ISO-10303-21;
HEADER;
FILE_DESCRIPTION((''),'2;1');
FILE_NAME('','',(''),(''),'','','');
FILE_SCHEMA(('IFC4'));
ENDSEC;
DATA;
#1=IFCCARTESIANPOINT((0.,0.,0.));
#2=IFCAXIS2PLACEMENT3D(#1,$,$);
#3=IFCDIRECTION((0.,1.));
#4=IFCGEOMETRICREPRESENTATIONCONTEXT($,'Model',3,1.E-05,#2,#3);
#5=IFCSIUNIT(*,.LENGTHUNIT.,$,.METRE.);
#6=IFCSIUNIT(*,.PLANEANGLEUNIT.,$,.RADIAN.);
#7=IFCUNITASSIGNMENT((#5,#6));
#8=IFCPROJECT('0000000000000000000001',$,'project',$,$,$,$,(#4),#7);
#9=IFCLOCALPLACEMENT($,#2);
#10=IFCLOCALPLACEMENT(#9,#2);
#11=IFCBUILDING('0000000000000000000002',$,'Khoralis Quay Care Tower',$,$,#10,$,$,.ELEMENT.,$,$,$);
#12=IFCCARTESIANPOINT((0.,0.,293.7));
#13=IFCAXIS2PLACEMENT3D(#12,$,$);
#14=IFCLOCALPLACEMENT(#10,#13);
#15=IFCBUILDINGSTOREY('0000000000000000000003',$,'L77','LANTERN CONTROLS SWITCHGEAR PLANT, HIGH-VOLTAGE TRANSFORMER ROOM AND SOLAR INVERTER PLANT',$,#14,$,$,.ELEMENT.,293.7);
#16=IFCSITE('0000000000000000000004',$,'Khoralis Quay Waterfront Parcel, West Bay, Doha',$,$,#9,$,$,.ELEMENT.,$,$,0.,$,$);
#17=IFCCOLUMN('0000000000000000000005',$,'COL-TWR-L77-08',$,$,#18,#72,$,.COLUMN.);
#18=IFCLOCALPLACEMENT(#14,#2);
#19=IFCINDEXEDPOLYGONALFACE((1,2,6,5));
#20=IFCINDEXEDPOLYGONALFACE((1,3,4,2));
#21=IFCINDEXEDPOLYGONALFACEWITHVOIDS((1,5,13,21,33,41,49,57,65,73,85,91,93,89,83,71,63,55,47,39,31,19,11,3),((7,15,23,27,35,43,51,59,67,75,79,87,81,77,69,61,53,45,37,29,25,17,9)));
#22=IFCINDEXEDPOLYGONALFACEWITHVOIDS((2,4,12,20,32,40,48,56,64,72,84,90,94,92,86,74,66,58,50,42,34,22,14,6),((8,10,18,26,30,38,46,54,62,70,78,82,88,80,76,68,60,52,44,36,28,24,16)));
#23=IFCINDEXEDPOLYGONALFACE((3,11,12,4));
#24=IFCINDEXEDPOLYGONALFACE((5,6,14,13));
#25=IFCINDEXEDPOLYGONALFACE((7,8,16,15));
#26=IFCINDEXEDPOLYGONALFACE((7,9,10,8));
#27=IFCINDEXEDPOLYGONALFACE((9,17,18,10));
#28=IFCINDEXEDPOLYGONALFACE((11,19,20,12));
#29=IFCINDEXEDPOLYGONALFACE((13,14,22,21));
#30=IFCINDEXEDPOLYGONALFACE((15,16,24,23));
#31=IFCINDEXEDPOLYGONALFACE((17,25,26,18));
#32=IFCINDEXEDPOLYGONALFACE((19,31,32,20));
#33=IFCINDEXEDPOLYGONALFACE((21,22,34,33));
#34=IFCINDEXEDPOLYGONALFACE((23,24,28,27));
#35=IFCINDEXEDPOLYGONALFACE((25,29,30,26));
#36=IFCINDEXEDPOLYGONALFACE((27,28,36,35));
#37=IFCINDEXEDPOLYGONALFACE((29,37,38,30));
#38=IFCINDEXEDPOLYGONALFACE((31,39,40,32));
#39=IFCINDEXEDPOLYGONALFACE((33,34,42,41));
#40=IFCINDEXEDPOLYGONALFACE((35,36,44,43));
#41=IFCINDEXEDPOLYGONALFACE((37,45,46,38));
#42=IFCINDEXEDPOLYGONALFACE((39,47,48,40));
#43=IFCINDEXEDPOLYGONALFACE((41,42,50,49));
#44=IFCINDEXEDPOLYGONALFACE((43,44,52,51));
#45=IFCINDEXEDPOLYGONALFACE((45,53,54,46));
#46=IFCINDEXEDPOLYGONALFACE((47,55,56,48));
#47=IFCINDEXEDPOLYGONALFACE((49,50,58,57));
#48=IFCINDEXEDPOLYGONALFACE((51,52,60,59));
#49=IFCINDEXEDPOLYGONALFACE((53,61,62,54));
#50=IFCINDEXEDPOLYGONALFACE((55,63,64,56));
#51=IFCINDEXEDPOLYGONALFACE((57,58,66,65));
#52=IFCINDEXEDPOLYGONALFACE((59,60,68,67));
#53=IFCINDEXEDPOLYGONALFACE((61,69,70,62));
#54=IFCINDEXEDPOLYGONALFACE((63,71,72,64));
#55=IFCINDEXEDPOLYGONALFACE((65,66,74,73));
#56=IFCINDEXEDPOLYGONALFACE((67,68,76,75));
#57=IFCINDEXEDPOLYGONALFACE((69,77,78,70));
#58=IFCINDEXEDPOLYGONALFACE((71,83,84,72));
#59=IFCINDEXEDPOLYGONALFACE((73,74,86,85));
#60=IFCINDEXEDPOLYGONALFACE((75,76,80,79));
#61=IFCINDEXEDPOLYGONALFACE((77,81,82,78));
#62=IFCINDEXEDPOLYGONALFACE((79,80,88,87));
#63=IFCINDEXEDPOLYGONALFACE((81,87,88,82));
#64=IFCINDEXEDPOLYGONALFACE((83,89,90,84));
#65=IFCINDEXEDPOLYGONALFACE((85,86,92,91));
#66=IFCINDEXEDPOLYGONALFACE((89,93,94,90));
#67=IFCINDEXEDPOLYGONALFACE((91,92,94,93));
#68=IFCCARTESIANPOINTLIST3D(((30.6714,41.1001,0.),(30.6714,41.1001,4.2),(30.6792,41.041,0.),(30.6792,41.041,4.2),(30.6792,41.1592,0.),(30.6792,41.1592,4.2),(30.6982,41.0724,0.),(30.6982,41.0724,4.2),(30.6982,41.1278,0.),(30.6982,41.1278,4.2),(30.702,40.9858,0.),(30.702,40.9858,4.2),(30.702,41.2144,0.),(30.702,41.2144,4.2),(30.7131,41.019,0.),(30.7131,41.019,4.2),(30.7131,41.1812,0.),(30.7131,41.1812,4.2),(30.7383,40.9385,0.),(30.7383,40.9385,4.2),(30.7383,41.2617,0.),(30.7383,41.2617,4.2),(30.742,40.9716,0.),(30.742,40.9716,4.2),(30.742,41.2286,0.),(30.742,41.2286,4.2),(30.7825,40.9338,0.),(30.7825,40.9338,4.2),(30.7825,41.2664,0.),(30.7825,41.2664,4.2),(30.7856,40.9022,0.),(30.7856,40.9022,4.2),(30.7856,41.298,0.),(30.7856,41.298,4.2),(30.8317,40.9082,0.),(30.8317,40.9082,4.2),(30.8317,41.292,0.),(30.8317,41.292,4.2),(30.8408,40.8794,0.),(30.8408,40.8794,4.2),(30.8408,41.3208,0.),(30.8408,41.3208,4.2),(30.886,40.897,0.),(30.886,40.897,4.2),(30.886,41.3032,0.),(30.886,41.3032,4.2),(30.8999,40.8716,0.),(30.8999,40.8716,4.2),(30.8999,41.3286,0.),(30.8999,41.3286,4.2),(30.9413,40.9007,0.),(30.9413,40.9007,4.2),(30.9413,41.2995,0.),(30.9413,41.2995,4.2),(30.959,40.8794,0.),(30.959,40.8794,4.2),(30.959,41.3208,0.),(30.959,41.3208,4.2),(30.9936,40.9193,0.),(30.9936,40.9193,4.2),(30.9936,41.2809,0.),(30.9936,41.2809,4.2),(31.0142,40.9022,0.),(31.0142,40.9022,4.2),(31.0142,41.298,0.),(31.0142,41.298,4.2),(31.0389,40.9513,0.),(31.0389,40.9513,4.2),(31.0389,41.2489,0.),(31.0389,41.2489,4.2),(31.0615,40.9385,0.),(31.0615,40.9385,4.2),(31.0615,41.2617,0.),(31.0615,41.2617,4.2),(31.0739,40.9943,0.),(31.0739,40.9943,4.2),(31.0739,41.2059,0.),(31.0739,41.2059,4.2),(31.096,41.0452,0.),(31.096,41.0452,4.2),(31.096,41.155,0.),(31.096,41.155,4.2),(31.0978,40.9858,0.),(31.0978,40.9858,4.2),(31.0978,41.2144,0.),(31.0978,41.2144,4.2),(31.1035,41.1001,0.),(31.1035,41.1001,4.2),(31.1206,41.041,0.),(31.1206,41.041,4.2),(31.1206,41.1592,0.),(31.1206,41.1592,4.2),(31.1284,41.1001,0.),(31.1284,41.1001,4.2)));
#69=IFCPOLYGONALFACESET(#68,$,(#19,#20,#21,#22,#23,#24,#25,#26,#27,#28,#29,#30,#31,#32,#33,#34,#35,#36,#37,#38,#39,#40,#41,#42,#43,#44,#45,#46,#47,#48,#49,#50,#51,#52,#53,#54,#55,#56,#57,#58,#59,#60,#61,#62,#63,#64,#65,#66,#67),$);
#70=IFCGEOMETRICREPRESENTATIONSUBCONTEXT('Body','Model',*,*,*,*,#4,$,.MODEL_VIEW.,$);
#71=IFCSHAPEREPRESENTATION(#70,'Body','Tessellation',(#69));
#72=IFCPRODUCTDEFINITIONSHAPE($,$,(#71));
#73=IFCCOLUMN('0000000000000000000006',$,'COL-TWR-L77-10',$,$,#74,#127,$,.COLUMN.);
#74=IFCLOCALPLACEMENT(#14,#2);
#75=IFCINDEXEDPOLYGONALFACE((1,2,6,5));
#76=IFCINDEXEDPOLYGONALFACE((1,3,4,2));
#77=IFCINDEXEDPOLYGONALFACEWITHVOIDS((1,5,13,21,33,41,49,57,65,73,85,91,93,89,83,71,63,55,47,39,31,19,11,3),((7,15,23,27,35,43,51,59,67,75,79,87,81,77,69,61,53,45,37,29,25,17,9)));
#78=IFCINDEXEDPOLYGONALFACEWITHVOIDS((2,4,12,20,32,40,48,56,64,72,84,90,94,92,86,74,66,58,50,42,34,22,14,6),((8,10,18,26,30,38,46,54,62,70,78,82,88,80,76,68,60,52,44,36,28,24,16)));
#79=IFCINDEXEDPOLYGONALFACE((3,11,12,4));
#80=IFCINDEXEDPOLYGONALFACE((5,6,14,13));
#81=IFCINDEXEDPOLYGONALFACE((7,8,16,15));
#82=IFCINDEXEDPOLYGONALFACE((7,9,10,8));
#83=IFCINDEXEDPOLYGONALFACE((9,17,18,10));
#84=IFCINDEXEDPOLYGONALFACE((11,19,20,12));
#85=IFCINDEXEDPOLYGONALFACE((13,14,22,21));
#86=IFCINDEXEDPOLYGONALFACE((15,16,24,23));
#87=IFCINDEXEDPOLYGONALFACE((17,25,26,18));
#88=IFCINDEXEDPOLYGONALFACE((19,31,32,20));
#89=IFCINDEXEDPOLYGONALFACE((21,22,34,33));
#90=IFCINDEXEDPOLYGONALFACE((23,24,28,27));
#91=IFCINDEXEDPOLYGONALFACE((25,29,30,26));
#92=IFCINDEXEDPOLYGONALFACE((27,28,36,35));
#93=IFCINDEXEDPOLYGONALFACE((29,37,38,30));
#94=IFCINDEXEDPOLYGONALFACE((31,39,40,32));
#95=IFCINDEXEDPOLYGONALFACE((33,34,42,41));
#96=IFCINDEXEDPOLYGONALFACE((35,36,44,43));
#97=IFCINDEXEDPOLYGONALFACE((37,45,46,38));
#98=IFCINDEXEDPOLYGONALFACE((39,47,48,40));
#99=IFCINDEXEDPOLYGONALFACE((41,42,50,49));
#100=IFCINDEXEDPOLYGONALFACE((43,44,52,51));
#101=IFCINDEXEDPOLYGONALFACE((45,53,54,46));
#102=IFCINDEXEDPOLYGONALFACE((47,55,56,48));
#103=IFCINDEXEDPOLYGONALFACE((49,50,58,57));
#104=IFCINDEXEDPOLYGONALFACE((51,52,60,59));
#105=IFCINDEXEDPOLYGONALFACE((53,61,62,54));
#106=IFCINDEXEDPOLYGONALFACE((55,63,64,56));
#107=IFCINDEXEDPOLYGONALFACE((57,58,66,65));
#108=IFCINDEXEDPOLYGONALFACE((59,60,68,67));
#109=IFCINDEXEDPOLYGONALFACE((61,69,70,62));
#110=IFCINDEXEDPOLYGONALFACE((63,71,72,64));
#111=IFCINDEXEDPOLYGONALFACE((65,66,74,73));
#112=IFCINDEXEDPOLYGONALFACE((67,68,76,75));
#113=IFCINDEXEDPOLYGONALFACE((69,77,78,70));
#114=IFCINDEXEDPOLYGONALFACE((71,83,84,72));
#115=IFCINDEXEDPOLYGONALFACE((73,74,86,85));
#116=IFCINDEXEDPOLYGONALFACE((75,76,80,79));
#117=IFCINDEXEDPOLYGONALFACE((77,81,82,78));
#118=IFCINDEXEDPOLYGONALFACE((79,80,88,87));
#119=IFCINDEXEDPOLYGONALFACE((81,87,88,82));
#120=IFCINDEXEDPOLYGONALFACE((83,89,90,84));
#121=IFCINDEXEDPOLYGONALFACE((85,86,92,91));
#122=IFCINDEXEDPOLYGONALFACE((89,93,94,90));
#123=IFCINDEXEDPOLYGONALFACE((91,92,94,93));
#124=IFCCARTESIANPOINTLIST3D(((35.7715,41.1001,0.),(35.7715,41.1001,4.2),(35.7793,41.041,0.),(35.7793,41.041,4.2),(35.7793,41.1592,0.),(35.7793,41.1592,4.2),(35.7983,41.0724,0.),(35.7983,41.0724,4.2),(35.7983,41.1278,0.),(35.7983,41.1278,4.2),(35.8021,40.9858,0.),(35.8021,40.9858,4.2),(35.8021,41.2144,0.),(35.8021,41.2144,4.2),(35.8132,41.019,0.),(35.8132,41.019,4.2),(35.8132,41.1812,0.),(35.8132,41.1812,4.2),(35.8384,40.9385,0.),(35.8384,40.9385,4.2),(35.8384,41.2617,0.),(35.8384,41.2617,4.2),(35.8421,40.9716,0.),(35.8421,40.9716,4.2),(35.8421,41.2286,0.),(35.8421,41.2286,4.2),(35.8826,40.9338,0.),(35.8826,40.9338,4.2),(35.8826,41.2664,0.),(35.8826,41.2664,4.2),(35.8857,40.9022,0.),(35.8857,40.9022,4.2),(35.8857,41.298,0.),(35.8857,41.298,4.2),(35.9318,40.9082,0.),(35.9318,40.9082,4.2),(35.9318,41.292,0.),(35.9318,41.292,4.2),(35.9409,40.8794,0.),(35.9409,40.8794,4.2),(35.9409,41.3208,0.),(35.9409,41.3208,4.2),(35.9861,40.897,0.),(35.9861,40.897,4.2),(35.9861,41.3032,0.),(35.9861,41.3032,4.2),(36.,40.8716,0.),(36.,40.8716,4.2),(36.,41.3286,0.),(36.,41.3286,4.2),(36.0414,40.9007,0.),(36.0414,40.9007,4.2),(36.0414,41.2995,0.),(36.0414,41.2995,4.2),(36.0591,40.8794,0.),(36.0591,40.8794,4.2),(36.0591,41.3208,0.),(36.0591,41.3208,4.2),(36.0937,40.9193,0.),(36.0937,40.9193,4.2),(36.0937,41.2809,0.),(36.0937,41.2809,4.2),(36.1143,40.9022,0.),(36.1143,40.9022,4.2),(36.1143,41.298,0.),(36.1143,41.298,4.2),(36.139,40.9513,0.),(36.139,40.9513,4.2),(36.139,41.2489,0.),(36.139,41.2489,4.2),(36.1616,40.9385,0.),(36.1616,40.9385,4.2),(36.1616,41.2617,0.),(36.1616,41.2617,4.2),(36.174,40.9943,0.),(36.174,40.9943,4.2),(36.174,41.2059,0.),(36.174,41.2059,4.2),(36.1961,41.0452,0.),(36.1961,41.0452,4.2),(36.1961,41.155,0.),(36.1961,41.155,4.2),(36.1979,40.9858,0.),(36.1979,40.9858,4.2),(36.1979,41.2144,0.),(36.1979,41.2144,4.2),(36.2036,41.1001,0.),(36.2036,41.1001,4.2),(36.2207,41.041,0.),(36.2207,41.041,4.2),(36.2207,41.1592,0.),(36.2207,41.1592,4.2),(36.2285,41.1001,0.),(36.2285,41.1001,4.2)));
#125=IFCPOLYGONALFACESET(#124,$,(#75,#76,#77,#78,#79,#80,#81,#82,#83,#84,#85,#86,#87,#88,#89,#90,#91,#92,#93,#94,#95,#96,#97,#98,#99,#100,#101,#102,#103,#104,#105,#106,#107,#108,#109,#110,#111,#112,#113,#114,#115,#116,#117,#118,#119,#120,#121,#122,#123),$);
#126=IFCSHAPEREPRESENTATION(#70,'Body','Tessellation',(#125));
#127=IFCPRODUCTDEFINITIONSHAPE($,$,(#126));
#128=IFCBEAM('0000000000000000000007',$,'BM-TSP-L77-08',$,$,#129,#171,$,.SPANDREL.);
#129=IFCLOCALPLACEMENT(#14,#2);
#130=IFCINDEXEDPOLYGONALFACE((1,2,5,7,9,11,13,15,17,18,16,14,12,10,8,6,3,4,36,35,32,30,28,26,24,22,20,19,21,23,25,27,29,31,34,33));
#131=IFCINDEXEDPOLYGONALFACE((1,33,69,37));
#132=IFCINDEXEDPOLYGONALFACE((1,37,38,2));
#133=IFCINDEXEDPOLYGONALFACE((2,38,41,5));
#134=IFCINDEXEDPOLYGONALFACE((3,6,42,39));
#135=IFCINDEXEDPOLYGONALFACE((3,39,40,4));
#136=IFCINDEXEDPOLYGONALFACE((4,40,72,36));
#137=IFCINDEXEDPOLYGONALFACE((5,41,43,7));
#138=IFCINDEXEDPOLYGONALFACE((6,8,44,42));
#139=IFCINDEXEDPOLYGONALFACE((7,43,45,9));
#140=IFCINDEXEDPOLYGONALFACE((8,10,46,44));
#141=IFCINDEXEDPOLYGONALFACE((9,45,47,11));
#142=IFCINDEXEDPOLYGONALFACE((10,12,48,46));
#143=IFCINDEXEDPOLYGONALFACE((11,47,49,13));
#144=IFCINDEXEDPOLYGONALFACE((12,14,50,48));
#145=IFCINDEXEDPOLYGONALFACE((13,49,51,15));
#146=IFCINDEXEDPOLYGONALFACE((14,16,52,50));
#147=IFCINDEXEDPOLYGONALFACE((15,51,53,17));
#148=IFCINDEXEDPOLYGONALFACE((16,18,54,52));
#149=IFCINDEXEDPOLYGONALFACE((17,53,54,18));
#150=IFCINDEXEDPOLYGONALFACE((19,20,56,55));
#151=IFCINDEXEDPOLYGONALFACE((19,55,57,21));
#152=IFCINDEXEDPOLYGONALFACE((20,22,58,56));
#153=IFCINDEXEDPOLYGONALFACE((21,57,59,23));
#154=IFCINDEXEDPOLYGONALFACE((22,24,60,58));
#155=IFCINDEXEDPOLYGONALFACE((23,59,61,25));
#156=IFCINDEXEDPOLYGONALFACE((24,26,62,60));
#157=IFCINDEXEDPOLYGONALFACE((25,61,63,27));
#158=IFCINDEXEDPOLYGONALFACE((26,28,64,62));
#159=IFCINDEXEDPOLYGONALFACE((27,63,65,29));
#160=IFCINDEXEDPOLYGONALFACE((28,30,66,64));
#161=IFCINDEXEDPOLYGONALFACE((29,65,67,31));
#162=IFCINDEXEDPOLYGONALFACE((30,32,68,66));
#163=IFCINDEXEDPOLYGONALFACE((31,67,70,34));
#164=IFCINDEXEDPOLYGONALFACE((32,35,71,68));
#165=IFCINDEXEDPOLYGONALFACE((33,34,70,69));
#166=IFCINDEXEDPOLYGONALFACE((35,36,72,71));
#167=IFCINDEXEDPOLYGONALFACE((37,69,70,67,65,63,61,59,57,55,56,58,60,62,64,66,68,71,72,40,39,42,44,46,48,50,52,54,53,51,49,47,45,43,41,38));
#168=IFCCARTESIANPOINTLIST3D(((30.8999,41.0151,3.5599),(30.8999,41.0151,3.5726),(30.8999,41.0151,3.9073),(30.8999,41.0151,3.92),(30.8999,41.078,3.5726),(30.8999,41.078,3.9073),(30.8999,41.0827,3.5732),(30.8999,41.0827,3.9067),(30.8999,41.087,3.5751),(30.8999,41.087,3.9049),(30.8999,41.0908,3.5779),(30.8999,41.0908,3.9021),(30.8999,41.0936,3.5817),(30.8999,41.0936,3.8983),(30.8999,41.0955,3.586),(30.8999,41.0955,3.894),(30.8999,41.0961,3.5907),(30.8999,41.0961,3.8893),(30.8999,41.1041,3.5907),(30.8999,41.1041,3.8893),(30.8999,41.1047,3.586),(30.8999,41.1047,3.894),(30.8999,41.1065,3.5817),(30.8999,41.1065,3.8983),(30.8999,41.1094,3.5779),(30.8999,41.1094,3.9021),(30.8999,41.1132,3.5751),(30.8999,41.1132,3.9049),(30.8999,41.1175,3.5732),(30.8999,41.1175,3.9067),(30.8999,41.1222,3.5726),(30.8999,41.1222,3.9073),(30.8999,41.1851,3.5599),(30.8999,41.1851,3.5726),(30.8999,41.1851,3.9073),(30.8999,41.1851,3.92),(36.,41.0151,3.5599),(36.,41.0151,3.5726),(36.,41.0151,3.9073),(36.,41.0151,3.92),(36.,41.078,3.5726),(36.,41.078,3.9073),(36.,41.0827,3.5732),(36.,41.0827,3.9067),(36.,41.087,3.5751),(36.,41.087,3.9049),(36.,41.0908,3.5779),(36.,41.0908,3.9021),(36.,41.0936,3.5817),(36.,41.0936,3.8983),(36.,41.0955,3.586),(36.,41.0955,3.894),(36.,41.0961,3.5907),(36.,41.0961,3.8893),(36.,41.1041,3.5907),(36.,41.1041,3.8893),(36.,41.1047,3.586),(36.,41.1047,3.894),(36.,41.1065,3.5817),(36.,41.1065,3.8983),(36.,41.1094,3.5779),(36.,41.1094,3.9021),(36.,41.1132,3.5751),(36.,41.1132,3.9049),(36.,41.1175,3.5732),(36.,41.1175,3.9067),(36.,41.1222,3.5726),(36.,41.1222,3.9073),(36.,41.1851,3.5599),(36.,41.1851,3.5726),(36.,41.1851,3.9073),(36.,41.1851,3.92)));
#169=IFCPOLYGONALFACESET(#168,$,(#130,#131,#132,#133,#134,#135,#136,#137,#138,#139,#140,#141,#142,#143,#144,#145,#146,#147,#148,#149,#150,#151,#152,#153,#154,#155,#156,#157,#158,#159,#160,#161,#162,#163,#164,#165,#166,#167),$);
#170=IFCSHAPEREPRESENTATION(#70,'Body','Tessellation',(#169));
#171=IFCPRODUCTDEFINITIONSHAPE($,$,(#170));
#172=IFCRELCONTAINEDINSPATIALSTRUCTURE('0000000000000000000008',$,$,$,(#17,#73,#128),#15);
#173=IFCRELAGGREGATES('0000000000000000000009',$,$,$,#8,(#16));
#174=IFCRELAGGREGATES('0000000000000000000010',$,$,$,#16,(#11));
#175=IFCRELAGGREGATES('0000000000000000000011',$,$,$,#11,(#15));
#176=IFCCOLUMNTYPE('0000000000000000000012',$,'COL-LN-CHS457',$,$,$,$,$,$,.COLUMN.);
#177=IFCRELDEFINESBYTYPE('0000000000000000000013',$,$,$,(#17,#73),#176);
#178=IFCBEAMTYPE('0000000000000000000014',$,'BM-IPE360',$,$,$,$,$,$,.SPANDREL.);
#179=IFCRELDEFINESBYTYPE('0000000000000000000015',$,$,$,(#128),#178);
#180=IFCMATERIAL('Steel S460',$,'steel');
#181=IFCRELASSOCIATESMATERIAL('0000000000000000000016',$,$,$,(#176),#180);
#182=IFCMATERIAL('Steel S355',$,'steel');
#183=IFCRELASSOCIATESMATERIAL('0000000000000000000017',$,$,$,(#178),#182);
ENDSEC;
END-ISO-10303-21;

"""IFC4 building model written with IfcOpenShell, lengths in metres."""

from ifc_helpers import new_model, si_unit, direction, frame, origin, origin_2d, place, context, subcontext, project, spatial, hollow_circle, i_section, extrude, source, transform, mapped, material, material_profile, profile_set, type_object, element, save


model = new_model("IFC4")

# Units and contexts
model_context = context("Model", 3, precision=1e-05, world=origin(), true_north=direction((0.0, 1.0)))
body_context = subcontext(model_context, "Body", "Model", "MODEL_VIEW")
ifc_project = project(units=[si_unit("LENGTHUNIT", "METRE"), si_unit("PLANEANGLEUNIT", "RADIAN")], contexts=[model_context])

# Site, building, storey
site_placement = place(None, origin())
site = spatial("IfcSite", under=ifc_project, at=site_placement, Name="Khoralis Quay Waterfront Parcel, West Bay, Doha", CompositionType="ELEMENT", RefElevation=0.0)
building_placement = place(site_placement, origin())
building = spatial("IfcBuilding", under=site, at=building_placement, Name="Khoralis Quay Care Tower", CompositionType="ELEMENT")
storey_placement = place(building_placement, frame((0.0, 0.0, 293.7)))
storey = spatial("IfcBuildingStorey", under=building, at=storey_placement, Name="L77", Description="LANTERN CONTROLS SWITCHGEAR PLANT, HIGH-VOLTAGE TRANSFORMER ROOM AND SOLAR INVERTER PLANT", CompositionType="ELEMENT", Elevation=293.7)

# Columns
ifc_material_1 = material(Name="Steel S460", Category="steel")
ifc_material_profile_1 = material_profile(ifc_material_1, hollow_circle(Radius=0.2285, WallThickness=0.0249, at=origin_2d()), Name="Steel S460")
ifc_profile_set_1 = profile_set([ifc_material_profile_1], Name="Steel S460")
column_type = type_object("IfcColumnType", Name="COL-LN-CHS457", PredefinedType="COLUMN", material=ifc_profile_set_1)
shared_shape_1 = source(origin(), body_context, "Body", "SweptSolid", [
    extrude(hollow_circle(Radius=0.2285, WallThickness=0.0249, at=origin_2d()), origin(), (0.0, 0.0, 1.0), 4.2),
])
for number, where, z_axis, x_axis, name in (
    (1, (30.8999, 41.1001, 0.0), (0.0, 0.0, 1.0), (1.0, 0.0, 0.0), "COL-TWR-L77-08"),
    (2, (36.0, 41.1001, 0.0), (0.0, 0.0, 1.0), (1.0, 0.0, 0.0), "COL-TWR-L77-10"),
):
    element("IfcColumn", number, at=place(storey_placement, frame(where, z_axis=z_axis, x_axis=x_axis)), inside=storey, type_object=column_type, Name=name, PredefinedType="COLUMN", context=body_context, shape_type="MappedRepresentation", body=[
        mapped(shared_shape_1, transform((0.0, 0.0, 0.0), scale=1.0)),
    ])

# Beam
ifc_material_2 = material(Name="Steel S355", Category="steel")
ifc_material_profile_2 = material_profile(ifc_material_2, i_section(OverallWidth=0.1699, OverallDepth=0.3601, WebThickness=0.0081, FlangeThickness=0.0127, FilletRadius=0.0181, at=origin_2d()), Name="Steel S355")
ifc_profile_set_2 = profile_set([ifc_material_profile_2], Name="Steel S355")
beam_type = type_object("IfcBeamType", Name="BM-IPE360", PredefinedType="SPANDREL", material=ifc_profile_set_2)
shared_shape_2 = source(origin(), body_context, "Body", "SweptSolid", [
    extrude(i_section(OverallWidth=0.1699, OverallDepth=0.3601, WebThickness=0.0081, FlangeThickness=0.0127, FilletRadius=0.0181, at=origin_2d()), origin(), (0.0, 0.0, 1.0), 5.1001),
])
beam_1_placement = place(storey_placement, frame((30.8999, 41.1001, 3.74), z_axis=(1.0, 0.0, 0.0), x_axis=(0.0, 1.0, 0.0)))
element("IfcBeam", 3, at=beam_1_placement, inside=storey, type_object=beam_type, Name="BM-TSP-L77-08", PredefinedType="SPANDREL", context=body_context, shape_type="MappedRepresentation", body=[
    mapped(shared_shape_2, transform((0.0, 0.0, 0.0), scale=1.0)),
])

save(model, "model.ifc")
